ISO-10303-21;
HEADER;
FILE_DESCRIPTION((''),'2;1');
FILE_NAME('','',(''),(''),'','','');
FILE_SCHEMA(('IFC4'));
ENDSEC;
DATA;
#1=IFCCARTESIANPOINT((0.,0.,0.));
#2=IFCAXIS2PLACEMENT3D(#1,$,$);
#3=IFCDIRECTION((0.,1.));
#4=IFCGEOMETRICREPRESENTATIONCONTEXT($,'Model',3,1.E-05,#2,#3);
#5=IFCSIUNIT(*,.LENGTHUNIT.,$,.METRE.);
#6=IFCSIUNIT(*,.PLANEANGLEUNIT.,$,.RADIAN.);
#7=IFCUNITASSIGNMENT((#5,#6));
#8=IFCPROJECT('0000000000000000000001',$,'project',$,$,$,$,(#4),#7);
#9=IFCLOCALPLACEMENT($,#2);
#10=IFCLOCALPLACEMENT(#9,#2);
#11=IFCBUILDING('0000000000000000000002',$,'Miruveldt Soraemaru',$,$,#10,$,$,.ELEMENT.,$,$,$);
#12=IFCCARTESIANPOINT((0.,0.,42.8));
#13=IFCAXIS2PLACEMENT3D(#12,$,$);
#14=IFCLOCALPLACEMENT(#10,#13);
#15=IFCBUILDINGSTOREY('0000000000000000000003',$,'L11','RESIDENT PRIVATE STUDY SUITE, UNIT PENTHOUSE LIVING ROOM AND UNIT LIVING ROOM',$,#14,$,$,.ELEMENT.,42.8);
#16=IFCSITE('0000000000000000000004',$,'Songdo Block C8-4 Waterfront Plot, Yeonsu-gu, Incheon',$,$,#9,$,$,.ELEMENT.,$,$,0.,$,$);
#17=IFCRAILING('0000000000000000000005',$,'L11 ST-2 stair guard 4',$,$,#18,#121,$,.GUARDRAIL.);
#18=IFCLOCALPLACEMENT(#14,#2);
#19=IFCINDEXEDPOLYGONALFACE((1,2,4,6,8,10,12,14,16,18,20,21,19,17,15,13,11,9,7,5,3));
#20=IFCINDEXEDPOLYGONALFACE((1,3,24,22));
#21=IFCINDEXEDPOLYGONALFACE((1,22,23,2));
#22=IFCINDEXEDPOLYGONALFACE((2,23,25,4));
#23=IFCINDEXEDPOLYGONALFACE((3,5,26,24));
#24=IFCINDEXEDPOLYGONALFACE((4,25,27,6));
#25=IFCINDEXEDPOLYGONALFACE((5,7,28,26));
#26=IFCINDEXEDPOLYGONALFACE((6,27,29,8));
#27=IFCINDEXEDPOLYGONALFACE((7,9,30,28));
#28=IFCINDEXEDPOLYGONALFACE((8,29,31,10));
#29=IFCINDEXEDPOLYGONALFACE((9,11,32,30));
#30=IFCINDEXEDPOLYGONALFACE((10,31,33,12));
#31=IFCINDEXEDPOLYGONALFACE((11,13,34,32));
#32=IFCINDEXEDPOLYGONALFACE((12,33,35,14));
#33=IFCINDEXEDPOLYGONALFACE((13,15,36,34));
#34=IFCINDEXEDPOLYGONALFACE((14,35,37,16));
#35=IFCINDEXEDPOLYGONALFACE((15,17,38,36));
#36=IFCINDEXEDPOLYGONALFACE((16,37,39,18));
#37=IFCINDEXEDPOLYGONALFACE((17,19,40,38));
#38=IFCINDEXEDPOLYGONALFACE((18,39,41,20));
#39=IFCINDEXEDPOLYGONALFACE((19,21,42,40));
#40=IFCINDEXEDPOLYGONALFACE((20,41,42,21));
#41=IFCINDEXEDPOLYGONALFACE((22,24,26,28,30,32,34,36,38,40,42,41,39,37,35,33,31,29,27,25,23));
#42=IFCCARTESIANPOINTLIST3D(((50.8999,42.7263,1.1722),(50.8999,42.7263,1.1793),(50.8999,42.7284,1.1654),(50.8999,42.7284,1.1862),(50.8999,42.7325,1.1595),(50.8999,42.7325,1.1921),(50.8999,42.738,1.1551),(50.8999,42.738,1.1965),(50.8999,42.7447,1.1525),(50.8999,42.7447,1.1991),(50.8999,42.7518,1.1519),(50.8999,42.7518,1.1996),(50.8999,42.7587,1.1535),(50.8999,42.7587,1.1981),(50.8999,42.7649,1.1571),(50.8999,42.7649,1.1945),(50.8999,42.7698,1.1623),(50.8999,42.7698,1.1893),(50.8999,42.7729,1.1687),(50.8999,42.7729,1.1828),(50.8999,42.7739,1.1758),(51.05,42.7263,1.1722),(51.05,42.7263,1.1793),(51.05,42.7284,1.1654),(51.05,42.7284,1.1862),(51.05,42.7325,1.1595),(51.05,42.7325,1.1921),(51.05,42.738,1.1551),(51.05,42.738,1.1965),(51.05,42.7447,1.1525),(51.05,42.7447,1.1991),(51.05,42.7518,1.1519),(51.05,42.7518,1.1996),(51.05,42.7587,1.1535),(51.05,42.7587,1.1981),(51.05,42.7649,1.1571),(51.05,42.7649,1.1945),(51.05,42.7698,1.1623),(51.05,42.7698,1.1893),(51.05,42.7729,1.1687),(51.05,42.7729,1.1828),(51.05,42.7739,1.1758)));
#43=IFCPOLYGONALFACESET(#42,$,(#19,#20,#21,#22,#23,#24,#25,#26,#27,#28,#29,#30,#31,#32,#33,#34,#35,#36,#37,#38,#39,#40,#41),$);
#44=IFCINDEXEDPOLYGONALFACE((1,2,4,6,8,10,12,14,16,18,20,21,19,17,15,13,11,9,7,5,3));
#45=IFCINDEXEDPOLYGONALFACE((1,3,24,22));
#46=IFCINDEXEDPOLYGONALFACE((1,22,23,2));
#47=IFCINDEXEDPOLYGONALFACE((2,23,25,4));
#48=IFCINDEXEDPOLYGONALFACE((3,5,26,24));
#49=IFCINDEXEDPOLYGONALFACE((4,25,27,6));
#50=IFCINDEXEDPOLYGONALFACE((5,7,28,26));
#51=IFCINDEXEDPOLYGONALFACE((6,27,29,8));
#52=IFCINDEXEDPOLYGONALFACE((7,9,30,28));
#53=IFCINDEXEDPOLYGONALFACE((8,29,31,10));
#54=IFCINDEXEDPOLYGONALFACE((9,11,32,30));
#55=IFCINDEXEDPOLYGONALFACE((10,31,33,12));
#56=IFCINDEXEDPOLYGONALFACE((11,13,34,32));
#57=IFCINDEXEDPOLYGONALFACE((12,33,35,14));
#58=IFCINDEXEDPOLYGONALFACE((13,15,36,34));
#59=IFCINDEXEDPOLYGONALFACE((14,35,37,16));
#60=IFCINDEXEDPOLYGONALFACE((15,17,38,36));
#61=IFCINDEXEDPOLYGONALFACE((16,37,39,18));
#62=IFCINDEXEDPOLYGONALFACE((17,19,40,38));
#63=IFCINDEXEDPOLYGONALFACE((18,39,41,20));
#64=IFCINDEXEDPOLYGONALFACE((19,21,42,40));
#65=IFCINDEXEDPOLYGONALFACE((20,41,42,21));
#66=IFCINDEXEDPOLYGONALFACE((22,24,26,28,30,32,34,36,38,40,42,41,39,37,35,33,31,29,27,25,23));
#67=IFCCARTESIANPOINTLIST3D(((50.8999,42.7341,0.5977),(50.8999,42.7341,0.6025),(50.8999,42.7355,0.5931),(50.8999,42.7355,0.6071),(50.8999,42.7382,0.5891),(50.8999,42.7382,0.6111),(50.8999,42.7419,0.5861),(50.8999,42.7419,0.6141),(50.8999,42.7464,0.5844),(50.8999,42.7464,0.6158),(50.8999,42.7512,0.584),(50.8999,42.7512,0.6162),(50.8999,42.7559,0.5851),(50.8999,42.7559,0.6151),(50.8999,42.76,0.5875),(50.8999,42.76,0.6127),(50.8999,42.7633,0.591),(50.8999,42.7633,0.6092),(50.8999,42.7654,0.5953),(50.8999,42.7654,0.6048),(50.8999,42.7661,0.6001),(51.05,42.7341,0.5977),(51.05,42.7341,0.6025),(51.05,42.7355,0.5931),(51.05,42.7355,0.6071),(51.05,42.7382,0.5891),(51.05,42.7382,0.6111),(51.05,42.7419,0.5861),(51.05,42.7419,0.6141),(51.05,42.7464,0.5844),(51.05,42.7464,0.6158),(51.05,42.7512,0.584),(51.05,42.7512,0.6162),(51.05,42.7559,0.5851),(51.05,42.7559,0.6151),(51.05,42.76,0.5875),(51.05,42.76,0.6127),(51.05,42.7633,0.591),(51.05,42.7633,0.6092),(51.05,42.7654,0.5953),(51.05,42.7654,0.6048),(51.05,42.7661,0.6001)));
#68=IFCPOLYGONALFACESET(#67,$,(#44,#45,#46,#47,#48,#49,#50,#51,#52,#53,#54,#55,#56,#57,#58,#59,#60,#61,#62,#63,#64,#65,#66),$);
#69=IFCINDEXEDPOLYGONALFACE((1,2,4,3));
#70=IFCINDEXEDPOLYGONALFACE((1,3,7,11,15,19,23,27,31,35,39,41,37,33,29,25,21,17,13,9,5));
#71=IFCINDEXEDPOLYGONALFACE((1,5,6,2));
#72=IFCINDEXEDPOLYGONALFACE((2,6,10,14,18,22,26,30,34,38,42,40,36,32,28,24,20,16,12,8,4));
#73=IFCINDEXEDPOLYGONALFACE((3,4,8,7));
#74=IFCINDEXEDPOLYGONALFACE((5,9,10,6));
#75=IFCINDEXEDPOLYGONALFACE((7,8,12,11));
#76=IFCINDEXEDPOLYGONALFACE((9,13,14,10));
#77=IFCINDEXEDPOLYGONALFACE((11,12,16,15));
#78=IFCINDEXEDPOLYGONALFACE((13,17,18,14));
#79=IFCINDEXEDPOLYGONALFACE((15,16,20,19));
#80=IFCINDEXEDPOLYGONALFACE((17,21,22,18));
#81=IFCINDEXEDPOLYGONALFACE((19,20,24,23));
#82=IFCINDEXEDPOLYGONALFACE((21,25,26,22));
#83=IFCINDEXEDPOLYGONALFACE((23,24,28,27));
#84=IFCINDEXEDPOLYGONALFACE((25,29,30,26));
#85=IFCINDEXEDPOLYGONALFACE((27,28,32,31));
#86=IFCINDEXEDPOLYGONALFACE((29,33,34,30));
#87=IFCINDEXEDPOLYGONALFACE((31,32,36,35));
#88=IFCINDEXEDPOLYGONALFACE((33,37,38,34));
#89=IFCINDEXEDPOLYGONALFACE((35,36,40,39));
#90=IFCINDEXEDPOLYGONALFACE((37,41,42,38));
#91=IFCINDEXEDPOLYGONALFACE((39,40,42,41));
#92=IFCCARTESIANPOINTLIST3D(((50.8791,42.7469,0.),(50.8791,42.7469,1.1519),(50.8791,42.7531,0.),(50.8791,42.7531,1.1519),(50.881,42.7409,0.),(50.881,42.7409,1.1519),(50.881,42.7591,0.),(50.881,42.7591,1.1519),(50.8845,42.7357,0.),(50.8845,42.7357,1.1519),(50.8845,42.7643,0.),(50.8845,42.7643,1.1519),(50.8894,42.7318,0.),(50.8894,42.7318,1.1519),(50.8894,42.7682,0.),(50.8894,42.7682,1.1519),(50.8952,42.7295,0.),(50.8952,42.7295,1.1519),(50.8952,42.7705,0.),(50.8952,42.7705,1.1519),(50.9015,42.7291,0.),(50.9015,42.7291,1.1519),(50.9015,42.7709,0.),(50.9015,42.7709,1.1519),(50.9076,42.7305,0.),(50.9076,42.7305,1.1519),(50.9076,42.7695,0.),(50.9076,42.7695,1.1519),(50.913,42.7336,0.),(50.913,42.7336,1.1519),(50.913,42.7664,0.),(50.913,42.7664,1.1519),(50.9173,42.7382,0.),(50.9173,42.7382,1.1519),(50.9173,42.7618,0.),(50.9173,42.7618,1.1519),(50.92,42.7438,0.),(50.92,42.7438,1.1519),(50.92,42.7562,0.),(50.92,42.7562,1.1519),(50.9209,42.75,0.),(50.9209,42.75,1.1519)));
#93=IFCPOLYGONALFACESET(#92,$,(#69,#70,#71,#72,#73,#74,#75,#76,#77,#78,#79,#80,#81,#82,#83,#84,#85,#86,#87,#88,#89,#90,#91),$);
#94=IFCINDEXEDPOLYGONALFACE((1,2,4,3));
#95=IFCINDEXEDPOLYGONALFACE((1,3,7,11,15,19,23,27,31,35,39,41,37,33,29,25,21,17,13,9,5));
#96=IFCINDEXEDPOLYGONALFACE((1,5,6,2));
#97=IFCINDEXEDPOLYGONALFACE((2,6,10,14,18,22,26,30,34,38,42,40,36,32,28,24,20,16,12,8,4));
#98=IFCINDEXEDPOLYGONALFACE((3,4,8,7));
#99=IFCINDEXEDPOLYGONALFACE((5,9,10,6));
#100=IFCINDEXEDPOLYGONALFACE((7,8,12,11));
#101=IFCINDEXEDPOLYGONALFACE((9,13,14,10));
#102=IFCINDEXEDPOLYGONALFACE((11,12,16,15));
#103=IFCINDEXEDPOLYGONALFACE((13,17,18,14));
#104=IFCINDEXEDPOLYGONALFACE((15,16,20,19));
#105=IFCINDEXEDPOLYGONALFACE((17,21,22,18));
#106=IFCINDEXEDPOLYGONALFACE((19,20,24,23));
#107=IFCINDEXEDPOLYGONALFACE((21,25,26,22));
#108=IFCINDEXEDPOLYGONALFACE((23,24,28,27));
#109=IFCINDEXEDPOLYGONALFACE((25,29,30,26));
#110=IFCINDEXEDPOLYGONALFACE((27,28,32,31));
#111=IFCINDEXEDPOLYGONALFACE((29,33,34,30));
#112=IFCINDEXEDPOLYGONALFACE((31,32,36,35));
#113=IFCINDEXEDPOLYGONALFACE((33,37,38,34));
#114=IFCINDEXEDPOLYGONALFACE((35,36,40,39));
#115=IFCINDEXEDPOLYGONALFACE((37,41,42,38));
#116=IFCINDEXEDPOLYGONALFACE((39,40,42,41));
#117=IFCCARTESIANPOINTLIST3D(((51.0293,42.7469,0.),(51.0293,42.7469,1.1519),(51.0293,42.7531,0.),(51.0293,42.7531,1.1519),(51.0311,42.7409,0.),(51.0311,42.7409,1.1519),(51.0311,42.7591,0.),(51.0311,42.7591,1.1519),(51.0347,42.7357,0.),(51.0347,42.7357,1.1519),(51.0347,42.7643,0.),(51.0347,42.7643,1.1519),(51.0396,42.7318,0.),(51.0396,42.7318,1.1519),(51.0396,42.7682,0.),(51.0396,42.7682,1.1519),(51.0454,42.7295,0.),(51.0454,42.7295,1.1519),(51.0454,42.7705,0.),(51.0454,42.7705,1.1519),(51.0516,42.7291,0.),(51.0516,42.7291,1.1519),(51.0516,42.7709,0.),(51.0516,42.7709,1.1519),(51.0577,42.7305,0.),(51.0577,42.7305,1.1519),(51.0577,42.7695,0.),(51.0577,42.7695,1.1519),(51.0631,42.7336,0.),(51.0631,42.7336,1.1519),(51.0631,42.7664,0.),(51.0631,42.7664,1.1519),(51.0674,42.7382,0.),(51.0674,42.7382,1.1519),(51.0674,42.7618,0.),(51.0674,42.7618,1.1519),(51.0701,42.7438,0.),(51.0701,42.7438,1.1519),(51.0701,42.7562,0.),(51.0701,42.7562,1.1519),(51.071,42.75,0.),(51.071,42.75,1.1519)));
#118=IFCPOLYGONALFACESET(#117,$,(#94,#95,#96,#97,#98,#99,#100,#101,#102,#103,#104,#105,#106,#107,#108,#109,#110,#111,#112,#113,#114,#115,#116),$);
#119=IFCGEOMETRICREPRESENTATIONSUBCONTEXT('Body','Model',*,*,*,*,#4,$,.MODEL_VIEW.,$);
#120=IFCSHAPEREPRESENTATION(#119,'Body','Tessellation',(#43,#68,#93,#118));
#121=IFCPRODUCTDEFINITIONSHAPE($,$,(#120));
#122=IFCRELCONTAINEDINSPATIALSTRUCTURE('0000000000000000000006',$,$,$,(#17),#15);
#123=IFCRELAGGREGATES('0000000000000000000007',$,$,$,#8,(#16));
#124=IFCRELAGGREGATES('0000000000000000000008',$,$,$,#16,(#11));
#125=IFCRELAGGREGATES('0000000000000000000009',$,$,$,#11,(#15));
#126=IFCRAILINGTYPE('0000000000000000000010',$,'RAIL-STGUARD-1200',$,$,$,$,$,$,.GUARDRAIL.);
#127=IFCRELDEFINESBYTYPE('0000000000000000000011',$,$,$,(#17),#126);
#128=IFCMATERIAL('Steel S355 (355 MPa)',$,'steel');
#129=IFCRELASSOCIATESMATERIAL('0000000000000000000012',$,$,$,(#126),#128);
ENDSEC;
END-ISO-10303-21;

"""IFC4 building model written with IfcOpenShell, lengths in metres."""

from ifc_helpers import new_model, si_unit, direction, frame, origin, origin_2d, place, context, subcontext, project, spatial, circle, extrude, material, type_object, element, save


model = new_model("IFC4")

# Units and contexts
model_context = context("Model", 3, precision=1e-05, world=origin(), true_north=direction((0.0, 1.0)))
body_context = subcontext(model_context, "Body", "Model", "MODEL_VIEW")
ifc_project = project(units=[si_unit("LENGTHUNIT", "METRE"), si_unit("PLANEANGLEUNIT", "RADIAN")], contexts=[model_context])

# Site, building, storey
site_placement = place(None, origin())
site = spatial("IfcSite", under=ifc_project, at=site_placement, Name="Songdo Block C8-4 Waterfront Plot, Yeonsu-gu, Incheon", CompositionType="ELEMENT", RefElevation=0.0)
building_placement = place(site_placement, origin())
building = spatial("IfcBuilding", under=site, at=building_placement, Name="Miruveldt Soraemaru", CompositionType="ELEMENT")
storey_placement = place(building_placement, frame((0.0, 0.0, 42.8)))
storey = spatial("IfcBuildingStorey", under=building, at=storey_placement, Name="L11", Description="RESIDENT PRIVATE STUDY SUITE, UNIT PENTHOUSE LIVING ROOM AND UNIT LIVING ROOM", CompositionType="ELEMENT", Elevation=42.8)

# Railing
ifc_material_1 = material(Name="Steel S355 (355 MPa)", Category="steel")
railing_type_1 = type_object("IfcRailingType", Name="RAIL-STGUARD-1200", PredefinedType="GUARDRAIL", material=ifc_material_1)
railing_1_placement = place(storey_placement, frame((50.8999, 42.75, 0.0)))
element("IfcRailing", 1, at=railing_1_placement, inside=storey, type_object=railing_type_1, Name="L11 ST-2 stair guard 4", PredefinedType="GUARDRAIL", context=body_context, shape_type="SweptSolid", body=[
    extrude(circle(Radius=0.0239, at=origin_2d()), frame((0.0, 0.0, 1.1758), z_axis=(1.0, 0.0, 0.0), x_axis=(0.0, 1.0, 0.0)), (0.0, 0.0, 1.0), 0.1501),
    extrude(circle(Radius=0.0161, at=origin_2d()), frame((0.0, 0.0, 0.6001), z_axis=(1.0, 0.0, 0.0), x_axis=(0.0, 1.0, 0.0)), (0.0, 0.0, 1.0), 0.1501),
    extrude(circle(Radius=0.021, at=origin_2d()), origin(), (0.0, 0.0, 1.0), 1.1519),
    extrude(circle(Radius=0.021, at=origin_2d()), frame((0.1501, 0.0, 0.0)), (0.0, 0.0, 1.0), 1.1519),
])

save(model, "model.ifc")
